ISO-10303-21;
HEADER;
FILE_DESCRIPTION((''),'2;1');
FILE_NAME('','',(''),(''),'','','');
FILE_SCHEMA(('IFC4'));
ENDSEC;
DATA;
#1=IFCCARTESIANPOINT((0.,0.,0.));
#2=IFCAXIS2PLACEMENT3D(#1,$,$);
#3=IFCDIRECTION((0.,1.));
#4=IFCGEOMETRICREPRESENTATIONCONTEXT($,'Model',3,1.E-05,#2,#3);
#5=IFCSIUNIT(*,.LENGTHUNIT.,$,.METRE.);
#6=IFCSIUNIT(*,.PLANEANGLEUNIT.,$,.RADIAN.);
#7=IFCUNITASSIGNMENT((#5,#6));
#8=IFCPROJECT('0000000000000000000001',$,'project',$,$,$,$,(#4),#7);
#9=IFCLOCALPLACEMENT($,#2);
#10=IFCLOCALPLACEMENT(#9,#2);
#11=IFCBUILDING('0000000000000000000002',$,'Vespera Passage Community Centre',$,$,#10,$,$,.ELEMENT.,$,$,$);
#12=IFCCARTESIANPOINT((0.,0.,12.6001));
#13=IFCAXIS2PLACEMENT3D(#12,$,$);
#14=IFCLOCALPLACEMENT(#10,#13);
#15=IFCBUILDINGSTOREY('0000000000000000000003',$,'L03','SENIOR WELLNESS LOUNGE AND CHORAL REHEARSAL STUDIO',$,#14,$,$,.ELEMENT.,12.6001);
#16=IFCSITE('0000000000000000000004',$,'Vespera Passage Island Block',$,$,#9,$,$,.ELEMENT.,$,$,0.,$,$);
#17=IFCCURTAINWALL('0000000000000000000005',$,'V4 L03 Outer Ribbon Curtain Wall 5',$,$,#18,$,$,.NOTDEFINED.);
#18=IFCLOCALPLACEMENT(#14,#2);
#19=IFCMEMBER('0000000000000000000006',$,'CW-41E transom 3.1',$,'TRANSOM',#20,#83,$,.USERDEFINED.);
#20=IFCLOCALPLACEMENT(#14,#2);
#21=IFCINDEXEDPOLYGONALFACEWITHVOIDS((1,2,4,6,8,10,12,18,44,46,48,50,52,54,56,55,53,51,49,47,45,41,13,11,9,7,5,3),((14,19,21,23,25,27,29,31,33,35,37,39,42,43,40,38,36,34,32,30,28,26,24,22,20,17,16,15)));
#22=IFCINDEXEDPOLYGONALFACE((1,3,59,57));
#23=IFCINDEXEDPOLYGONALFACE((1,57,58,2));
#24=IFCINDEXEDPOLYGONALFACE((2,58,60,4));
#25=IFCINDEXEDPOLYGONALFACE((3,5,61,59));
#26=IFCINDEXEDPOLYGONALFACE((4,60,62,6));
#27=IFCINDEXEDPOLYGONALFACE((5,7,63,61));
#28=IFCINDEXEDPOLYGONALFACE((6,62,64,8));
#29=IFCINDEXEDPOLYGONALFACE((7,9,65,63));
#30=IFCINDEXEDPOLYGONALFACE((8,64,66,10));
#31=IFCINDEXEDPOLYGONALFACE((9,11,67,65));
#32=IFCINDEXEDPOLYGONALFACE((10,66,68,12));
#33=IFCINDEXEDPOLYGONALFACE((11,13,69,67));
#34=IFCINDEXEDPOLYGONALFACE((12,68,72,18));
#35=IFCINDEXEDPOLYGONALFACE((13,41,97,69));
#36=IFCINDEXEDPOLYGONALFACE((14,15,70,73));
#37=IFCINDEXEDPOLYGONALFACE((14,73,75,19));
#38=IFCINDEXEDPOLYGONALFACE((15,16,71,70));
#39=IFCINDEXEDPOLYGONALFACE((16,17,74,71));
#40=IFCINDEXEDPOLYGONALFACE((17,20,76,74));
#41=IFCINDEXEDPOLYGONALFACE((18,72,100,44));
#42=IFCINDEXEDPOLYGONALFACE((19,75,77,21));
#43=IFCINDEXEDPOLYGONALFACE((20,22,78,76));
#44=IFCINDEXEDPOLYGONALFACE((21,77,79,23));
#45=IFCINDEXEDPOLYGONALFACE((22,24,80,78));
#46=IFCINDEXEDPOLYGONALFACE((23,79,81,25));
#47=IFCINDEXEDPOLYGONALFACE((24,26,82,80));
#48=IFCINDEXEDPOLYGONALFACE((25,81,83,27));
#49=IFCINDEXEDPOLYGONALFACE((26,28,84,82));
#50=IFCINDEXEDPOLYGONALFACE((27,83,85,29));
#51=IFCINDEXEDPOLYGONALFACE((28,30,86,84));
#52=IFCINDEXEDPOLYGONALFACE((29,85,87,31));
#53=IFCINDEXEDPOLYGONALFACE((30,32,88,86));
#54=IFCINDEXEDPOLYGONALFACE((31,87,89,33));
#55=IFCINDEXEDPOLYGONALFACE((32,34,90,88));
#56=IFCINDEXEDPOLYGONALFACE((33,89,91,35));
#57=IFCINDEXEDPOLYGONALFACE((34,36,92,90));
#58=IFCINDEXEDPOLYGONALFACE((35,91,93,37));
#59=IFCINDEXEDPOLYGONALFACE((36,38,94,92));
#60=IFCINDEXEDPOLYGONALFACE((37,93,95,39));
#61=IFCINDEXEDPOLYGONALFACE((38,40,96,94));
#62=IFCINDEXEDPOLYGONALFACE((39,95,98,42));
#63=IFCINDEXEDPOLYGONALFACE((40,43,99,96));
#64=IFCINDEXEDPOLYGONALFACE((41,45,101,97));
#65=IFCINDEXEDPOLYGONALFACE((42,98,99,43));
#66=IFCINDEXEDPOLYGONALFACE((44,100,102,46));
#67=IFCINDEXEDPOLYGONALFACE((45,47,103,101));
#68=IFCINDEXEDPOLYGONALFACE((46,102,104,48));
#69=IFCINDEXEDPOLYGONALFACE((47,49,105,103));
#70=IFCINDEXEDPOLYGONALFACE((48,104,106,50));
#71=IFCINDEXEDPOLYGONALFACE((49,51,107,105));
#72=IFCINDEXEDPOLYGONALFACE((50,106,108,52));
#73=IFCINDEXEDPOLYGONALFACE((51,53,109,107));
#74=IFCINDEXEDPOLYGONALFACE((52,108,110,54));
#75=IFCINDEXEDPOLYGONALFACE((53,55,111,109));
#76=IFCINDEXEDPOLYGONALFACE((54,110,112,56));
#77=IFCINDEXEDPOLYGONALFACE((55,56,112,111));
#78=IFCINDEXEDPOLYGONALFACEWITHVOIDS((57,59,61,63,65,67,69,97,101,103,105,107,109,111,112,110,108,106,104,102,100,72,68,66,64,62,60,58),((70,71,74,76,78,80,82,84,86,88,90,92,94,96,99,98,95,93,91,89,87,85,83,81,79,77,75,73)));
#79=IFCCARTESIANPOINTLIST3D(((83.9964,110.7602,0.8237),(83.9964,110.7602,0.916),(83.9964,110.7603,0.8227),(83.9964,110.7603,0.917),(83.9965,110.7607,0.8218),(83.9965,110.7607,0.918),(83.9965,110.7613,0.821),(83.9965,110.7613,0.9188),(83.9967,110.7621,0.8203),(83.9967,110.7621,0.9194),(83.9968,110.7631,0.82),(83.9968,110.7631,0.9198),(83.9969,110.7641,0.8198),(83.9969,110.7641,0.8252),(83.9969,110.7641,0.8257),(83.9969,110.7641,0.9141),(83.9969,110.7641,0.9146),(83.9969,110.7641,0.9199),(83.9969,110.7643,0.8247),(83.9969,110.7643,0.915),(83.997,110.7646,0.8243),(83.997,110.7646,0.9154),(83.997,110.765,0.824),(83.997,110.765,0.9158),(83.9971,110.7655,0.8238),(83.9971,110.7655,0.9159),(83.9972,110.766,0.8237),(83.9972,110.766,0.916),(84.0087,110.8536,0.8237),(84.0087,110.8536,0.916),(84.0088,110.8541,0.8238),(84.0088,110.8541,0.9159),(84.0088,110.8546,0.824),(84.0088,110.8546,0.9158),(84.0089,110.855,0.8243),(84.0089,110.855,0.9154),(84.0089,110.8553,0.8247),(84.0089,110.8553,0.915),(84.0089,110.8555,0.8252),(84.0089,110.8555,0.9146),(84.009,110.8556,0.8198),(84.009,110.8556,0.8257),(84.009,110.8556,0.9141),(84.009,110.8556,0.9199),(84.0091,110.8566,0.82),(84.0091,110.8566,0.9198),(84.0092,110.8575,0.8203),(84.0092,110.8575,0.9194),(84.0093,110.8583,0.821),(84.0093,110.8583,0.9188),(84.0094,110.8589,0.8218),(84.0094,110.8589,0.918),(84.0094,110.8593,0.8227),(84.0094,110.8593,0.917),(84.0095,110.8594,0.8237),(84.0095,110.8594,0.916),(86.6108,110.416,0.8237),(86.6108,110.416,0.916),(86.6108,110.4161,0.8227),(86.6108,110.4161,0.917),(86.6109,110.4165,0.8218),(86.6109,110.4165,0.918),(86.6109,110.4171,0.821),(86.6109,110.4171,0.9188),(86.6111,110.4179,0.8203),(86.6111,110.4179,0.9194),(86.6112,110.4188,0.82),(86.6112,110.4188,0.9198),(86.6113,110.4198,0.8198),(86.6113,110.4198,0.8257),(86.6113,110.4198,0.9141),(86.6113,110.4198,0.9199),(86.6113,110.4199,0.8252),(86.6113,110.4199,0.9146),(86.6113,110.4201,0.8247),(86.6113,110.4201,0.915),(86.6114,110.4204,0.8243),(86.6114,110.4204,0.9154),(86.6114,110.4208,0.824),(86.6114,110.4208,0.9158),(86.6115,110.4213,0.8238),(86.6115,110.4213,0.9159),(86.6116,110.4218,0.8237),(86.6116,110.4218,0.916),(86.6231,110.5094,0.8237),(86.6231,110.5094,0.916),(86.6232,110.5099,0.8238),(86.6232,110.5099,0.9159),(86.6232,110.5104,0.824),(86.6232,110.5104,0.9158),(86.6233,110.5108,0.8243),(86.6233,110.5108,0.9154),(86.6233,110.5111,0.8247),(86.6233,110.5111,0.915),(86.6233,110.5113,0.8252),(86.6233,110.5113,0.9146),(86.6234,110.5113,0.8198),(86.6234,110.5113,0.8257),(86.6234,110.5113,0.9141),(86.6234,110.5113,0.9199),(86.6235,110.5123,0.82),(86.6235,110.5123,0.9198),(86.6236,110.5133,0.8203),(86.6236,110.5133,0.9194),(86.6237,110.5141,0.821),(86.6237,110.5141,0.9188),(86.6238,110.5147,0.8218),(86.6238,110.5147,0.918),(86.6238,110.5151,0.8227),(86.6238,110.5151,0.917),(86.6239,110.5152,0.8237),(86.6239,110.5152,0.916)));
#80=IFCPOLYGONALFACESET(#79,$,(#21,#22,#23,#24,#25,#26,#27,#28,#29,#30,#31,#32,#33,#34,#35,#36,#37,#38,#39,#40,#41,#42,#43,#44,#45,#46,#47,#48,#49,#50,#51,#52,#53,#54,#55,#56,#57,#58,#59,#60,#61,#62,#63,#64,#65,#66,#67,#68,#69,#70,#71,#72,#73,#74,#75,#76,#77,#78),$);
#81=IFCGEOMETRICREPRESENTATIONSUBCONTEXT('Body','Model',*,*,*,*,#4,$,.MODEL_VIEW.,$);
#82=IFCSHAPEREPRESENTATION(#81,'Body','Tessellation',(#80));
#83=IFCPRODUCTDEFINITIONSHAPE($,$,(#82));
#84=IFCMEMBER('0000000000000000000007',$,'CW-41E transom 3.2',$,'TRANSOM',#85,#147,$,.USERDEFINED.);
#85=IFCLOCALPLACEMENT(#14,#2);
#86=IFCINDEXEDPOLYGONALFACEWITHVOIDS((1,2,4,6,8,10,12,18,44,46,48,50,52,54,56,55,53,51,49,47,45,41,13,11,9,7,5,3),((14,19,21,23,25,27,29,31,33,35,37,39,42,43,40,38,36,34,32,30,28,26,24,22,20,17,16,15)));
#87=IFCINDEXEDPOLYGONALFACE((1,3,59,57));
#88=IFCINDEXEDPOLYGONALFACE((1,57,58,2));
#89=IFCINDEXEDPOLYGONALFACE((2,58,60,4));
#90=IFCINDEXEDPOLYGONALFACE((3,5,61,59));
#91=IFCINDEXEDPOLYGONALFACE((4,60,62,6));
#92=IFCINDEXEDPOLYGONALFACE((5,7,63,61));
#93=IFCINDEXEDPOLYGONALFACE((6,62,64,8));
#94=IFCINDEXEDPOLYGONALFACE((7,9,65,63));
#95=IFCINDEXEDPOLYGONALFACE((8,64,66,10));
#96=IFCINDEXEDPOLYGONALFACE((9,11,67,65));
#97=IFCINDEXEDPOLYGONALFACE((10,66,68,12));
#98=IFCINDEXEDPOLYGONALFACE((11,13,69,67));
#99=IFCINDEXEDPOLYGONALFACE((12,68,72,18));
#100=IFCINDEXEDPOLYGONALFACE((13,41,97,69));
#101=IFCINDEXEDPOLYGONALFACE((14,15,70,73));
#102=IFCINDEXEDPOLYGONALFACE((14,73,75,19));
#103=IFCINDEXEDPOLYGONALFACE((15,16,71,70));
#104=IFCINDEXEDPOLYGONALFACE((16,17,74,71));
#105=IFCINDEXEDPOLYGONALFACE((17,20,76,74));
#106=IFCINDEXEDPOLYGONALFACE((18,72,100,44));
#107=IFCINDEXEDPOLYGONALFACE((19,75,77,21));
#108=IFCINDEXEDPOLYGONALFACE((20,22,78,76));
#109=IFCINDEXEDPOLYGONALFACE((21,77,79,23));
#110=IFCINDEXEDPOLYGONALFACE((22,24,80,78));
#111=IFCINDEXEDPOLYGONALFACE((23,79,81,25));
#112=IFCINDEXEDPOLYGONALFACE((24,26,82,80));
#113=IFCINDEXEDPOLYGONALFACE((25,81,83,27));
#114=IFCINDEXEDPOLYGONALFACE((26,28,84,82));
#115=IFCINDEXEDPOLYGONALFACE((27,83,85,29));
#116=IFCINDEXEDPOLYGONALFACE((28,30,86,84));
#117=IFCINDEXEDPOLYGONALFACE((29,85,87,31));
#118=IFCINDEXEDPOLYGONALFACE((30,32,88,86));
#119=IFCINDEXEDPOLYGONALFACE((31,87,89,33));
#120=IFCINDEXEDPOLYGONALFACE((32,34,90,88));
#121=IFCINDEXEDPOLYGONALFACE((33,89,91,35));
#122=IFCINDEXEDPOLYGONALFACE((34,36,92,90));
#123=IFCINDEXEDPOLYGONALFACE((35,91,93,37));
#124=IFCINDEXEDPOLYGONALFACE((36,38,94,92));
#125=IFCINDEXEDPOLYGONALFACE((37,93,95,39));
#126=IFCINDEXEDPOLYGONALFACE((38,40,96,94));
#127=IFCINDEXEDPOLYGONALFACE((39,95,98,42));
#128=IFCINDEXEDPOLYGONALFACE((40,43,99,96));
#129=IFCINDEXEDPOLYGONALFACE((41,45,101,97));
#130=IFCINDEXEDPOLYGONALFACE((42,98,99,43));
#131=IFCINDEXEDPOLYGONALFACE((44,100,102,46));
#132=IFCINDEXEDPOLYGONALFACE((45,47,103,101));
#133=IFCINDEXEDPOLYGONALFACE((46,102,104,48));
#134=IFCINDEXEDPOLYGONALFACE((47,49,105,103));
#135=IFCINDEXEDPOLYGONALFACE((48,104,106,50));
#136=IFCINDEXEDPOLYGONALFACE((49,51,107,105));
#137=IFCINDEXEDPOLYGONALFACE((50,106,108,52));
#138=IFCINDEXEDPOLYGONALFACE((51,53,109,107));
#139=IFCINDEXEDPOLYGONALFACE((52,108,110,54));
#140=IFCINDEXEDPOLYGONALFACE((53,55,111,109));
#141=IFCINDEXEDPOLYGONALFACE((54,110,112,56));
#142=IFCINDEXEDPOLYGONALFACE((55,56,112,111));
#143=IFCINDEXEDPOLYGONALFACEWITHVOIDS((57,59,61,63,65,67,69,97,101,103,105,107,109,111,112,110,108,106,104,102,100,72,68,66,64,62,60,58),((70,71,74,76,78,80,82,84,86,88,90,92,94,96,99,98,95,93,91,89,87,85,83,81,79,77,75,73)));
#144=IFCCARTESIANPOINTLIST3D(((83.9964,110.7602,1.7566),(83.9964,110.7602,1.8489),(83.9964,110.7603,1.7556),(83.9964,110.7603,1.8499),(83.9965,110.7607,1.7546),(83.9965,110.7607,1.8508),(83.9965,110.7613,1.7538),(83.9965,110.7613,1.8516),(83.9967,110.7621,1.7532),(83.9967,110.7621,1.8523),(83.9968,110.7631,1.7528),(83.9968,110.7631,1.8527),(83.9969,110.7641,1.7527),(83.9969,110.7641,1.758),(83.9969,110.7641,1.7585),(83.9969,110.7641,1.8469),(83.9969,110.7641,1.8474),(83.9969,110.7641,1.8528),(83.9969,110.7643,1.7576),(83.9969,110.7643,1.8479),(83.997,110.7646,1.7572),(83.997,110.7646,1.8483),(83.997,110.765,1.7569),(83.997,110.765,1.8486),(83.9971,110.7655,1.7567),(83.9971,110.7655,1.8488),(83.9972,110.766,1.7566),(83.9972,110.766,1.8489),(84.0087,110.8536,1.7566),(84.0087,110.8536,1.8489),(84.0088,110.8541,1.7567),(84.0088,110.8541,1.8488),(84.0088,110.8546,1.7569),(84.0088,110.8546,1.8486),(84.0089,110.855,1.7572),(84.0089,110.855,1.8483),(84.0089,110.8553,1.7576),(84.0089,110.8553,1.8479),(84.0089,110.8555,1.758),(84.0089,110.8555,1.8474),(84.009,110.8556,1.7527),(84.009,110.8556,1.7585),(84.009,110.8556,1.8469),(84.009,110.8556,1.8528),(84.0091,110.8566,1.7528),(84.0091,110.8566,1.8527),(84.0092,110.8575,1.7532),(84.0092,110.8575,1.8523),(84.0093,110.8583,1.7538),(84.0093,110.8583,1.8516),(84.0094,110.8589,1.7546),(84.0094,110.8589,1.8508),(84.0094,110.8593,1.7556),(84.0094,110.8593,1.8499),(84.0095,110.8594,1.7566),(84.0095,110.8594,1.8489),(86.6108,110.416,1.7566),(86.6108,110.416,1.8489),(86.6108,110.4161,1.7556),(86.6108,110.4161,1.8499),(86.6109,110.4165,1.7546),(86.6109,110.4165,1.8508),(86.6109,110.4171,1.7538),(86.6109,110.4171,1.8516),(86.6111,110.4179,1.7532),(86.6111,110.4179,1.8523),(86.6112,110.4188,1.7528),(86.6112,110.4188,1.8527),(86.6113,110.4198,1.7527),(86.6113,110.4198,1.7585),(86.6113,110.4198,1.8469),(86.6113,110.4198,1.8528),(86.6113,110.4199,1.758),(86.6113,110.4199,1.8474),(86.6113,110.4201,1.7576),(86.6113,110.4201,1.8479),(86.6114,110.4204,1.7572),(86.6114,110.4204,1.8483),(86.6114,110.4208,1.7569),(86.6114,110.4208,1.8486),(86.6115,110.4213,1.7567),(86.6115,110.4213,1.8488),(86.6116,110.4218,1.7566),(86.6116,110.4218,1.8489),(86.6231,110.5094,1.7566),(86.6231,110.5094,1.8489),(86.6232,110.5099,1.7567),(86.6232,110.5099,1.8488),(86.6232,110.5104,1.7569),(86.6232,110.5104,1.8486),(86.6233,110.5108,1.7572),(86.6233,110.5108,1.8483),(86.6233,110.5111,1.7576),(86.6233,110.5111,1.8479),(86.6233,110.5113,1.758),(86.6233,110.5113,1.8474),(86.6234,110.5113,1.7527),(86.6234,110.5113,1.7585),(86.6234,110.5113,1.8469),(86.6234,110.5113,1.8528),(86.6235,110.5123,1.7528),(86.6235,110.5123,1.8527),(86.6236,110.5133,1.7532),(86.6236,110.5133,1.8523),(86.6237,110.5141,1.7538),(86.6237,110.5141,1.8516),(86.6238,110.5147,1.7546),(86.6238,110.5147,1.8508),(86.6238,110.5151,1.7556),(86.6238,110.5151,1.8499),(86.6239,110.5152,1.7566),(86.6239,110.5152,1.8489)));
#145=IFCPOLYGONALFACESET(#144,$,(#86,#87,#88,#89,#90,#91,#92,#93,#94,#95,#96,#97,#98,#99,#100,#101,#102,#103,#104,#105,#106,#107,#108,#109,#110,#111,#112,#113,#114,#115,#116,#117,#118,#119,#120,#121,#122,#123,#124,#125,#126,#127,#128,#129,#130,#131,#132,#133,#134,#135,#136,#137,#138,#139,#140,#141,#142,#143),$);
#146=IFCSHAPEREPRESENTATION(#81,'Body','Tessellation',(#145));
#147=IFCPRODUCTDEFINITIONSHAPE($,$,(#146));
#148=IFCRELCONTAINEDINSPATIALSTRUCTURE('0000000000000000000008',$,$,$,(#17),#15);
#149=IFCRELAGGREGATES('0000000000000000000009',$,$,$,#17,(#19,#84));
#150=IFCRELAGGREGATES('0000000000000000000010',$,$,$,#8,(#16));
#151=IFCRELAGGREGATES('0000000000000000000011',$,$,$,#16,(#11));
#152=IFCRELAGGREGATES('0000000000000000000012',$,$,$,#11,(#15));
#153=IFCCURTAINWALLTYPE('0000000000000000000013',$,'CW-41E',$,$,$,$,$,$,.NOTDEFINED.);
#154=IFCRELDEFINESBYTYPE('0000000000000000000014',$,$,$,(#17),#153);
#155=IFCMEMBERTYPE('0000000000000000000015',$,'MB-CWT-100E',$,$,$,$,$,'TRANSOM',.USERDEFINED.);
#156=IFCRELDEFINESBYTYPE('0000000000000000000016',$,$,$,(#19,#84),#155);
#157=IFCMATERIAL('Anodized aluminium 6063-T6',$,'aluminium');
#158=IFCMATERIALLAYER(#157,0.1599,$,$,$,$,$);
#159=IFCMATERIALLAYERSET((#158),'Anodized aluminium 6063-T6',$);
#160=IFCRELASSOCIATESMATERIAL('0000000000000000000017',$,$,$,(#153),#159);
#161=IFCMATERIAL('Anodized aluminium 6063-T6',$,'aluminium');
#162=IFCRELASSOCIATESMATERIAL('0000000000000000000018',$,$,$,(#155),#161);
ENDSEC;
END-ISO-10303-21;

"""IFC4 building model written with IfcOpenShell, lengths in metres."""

from ifc_helpers import new_model, si_unit, direction, frame, origin, origin_2d, place, context, subcontext, project, spatial, hollow_rectangle, extrude, material, layer, layer_set, material_profile, profile_set, type_object, element, aggregate, save


model = new_model("IFC4")

# Units and contexts
model_context = context("Model", 3, precision=1e-05, world=origin(), true_north=direction((0.0, 1.0)))
body_context = subcontext(model_context, "Body", "Model", "MODEL_VIEW")
ifc_project = project(units=[si_unit("LENGTHUNIT", "METRE"), si_unit("PLANEANGLEUNIT", "RADIAN")], contexts=[model_context])

# Site, building, storey
site_placement = place(None, origin())
site = spatial("IfcSite", under=ifc_project, at=site_placement, Name="Vespera Passage Island Block", CompositionType="ELEMENT", RefElevation=0.0)
building_placement = place(site_placement, origin())
building = spatial("IfcBuilding", under=site, at=building_placement, Name="Vespera Passage Community Centre", CompositionType="ELEMENT")
storey_placement = place(building_placement, frame((0.0, 0.0, 12.6001)))
storey = spatial("IfcBuildingStorey", under=building, at=storey_placement, Name="L03", Description="SENIOR WELLNESS LOUNGE AND CHORAL REHEARSAL STUDIO", CompositionType="ELEMENT", Elevation=12.6001)

# Curtain wall, members
ifc_material_1 = material(Name="Anodized aluminium 6063-T6", Category="aluminium")
ifc_layer_1 = layer(ifc_material_1, 0.1599)
ifc_layer_set_1 = layer_set([ifc_layer_1], Name="Anodized aluminium 6063-T6")
curtain_wall_type = type_object("IfcCurtainWallType", Name="CW-41E", PredefinedType="NOTDEFINED", material=ifc_layer_set_1)
curtain_wall_placement = place(storey_placement, origin())
curtain_wall = element("IfcCurtainWall", 1, at=curtain_wall_placement, inside=storey, type_object=curtain_wall_type, Name="V4 L03 Outer Ribbon Curtain Wall 5", PredefinedType="NOTDEFINED")
ifc_material_2 = material(Name="Anodized aluminium 6063-T6", Category="aluminium")
ifc_material_profile_1 = material_profile(ifc_material_2, hollow_rectangle(XDim=0.1001, YDim=0.1001, WallThickness=0.0039, InnerFilletRadius=0.002, OuterFilletRadius=0.0039, at=origin_2d()), Name="ALU100X100X4")
ifc_profile_set_1 = profile_set([ifc_material_profile_1], Name="Anodized aluminium 6063-T6")
member_type_1 = type_object("IfcMemberType", Name="MB-CWT-100E", ElementType="TRANSOM", PredefinedType="USERDEFINED", material=ifc_profile_set_1)
member_1_placement = place(storey_placement, frame((84.0029, 110.8098, 0.8699), z_axis=(0.991443, -0.130538, 0.0), x_axis=(0.130538, 0.991443, 0.0)))
member_1 = element("IfcMember", 2, at=member_1_placement, type_object=member_type_1, Name="CW-41E transom 3.1", ObjectType="TRANSOM", PredefinedType="USERDEFINED", context=body_context, shape_type="SweptSolid", body=[
    extrude(hollow_rectangle(XDim=0.1001, YDim=0.1001, WallThickness=0.0039, InnerFilletRadius=0.002, OuterFilletRadius=0.0039, at=origin_2d()), origin(), (0.0, 0.0, 1.0), 2.637),
])
member_2_placement = place(storey_placement, frame((84.0029, 110.8098, 1.8027), z_axis=(0.991443, -0.130538, 0.0), x_axis=(0.130538, 0.991443, 0.0)))
member_2 = element("IfcMember", 3, at=member_2_placement, type_object=member_type_1, Name="CW-41E transom 3.2", ObjectType="TRANSOM", PredefinedType="USERDEFINED", context=body_context, shape_type="SweptSolid", body=[
    extrude(hollow_rectangle(XDim=0.1001, YDim=0.1001, WallThickness=0.0039, InnerFilletRadius=0.002, OuterFilletRadius=0.0039, at=origin_2d()), origin(), (0.0, 0.0, 1.0), 2.637),
])
aggregate(curtain_wall, [member_1, member_2])

save(model, "model.ifc")
